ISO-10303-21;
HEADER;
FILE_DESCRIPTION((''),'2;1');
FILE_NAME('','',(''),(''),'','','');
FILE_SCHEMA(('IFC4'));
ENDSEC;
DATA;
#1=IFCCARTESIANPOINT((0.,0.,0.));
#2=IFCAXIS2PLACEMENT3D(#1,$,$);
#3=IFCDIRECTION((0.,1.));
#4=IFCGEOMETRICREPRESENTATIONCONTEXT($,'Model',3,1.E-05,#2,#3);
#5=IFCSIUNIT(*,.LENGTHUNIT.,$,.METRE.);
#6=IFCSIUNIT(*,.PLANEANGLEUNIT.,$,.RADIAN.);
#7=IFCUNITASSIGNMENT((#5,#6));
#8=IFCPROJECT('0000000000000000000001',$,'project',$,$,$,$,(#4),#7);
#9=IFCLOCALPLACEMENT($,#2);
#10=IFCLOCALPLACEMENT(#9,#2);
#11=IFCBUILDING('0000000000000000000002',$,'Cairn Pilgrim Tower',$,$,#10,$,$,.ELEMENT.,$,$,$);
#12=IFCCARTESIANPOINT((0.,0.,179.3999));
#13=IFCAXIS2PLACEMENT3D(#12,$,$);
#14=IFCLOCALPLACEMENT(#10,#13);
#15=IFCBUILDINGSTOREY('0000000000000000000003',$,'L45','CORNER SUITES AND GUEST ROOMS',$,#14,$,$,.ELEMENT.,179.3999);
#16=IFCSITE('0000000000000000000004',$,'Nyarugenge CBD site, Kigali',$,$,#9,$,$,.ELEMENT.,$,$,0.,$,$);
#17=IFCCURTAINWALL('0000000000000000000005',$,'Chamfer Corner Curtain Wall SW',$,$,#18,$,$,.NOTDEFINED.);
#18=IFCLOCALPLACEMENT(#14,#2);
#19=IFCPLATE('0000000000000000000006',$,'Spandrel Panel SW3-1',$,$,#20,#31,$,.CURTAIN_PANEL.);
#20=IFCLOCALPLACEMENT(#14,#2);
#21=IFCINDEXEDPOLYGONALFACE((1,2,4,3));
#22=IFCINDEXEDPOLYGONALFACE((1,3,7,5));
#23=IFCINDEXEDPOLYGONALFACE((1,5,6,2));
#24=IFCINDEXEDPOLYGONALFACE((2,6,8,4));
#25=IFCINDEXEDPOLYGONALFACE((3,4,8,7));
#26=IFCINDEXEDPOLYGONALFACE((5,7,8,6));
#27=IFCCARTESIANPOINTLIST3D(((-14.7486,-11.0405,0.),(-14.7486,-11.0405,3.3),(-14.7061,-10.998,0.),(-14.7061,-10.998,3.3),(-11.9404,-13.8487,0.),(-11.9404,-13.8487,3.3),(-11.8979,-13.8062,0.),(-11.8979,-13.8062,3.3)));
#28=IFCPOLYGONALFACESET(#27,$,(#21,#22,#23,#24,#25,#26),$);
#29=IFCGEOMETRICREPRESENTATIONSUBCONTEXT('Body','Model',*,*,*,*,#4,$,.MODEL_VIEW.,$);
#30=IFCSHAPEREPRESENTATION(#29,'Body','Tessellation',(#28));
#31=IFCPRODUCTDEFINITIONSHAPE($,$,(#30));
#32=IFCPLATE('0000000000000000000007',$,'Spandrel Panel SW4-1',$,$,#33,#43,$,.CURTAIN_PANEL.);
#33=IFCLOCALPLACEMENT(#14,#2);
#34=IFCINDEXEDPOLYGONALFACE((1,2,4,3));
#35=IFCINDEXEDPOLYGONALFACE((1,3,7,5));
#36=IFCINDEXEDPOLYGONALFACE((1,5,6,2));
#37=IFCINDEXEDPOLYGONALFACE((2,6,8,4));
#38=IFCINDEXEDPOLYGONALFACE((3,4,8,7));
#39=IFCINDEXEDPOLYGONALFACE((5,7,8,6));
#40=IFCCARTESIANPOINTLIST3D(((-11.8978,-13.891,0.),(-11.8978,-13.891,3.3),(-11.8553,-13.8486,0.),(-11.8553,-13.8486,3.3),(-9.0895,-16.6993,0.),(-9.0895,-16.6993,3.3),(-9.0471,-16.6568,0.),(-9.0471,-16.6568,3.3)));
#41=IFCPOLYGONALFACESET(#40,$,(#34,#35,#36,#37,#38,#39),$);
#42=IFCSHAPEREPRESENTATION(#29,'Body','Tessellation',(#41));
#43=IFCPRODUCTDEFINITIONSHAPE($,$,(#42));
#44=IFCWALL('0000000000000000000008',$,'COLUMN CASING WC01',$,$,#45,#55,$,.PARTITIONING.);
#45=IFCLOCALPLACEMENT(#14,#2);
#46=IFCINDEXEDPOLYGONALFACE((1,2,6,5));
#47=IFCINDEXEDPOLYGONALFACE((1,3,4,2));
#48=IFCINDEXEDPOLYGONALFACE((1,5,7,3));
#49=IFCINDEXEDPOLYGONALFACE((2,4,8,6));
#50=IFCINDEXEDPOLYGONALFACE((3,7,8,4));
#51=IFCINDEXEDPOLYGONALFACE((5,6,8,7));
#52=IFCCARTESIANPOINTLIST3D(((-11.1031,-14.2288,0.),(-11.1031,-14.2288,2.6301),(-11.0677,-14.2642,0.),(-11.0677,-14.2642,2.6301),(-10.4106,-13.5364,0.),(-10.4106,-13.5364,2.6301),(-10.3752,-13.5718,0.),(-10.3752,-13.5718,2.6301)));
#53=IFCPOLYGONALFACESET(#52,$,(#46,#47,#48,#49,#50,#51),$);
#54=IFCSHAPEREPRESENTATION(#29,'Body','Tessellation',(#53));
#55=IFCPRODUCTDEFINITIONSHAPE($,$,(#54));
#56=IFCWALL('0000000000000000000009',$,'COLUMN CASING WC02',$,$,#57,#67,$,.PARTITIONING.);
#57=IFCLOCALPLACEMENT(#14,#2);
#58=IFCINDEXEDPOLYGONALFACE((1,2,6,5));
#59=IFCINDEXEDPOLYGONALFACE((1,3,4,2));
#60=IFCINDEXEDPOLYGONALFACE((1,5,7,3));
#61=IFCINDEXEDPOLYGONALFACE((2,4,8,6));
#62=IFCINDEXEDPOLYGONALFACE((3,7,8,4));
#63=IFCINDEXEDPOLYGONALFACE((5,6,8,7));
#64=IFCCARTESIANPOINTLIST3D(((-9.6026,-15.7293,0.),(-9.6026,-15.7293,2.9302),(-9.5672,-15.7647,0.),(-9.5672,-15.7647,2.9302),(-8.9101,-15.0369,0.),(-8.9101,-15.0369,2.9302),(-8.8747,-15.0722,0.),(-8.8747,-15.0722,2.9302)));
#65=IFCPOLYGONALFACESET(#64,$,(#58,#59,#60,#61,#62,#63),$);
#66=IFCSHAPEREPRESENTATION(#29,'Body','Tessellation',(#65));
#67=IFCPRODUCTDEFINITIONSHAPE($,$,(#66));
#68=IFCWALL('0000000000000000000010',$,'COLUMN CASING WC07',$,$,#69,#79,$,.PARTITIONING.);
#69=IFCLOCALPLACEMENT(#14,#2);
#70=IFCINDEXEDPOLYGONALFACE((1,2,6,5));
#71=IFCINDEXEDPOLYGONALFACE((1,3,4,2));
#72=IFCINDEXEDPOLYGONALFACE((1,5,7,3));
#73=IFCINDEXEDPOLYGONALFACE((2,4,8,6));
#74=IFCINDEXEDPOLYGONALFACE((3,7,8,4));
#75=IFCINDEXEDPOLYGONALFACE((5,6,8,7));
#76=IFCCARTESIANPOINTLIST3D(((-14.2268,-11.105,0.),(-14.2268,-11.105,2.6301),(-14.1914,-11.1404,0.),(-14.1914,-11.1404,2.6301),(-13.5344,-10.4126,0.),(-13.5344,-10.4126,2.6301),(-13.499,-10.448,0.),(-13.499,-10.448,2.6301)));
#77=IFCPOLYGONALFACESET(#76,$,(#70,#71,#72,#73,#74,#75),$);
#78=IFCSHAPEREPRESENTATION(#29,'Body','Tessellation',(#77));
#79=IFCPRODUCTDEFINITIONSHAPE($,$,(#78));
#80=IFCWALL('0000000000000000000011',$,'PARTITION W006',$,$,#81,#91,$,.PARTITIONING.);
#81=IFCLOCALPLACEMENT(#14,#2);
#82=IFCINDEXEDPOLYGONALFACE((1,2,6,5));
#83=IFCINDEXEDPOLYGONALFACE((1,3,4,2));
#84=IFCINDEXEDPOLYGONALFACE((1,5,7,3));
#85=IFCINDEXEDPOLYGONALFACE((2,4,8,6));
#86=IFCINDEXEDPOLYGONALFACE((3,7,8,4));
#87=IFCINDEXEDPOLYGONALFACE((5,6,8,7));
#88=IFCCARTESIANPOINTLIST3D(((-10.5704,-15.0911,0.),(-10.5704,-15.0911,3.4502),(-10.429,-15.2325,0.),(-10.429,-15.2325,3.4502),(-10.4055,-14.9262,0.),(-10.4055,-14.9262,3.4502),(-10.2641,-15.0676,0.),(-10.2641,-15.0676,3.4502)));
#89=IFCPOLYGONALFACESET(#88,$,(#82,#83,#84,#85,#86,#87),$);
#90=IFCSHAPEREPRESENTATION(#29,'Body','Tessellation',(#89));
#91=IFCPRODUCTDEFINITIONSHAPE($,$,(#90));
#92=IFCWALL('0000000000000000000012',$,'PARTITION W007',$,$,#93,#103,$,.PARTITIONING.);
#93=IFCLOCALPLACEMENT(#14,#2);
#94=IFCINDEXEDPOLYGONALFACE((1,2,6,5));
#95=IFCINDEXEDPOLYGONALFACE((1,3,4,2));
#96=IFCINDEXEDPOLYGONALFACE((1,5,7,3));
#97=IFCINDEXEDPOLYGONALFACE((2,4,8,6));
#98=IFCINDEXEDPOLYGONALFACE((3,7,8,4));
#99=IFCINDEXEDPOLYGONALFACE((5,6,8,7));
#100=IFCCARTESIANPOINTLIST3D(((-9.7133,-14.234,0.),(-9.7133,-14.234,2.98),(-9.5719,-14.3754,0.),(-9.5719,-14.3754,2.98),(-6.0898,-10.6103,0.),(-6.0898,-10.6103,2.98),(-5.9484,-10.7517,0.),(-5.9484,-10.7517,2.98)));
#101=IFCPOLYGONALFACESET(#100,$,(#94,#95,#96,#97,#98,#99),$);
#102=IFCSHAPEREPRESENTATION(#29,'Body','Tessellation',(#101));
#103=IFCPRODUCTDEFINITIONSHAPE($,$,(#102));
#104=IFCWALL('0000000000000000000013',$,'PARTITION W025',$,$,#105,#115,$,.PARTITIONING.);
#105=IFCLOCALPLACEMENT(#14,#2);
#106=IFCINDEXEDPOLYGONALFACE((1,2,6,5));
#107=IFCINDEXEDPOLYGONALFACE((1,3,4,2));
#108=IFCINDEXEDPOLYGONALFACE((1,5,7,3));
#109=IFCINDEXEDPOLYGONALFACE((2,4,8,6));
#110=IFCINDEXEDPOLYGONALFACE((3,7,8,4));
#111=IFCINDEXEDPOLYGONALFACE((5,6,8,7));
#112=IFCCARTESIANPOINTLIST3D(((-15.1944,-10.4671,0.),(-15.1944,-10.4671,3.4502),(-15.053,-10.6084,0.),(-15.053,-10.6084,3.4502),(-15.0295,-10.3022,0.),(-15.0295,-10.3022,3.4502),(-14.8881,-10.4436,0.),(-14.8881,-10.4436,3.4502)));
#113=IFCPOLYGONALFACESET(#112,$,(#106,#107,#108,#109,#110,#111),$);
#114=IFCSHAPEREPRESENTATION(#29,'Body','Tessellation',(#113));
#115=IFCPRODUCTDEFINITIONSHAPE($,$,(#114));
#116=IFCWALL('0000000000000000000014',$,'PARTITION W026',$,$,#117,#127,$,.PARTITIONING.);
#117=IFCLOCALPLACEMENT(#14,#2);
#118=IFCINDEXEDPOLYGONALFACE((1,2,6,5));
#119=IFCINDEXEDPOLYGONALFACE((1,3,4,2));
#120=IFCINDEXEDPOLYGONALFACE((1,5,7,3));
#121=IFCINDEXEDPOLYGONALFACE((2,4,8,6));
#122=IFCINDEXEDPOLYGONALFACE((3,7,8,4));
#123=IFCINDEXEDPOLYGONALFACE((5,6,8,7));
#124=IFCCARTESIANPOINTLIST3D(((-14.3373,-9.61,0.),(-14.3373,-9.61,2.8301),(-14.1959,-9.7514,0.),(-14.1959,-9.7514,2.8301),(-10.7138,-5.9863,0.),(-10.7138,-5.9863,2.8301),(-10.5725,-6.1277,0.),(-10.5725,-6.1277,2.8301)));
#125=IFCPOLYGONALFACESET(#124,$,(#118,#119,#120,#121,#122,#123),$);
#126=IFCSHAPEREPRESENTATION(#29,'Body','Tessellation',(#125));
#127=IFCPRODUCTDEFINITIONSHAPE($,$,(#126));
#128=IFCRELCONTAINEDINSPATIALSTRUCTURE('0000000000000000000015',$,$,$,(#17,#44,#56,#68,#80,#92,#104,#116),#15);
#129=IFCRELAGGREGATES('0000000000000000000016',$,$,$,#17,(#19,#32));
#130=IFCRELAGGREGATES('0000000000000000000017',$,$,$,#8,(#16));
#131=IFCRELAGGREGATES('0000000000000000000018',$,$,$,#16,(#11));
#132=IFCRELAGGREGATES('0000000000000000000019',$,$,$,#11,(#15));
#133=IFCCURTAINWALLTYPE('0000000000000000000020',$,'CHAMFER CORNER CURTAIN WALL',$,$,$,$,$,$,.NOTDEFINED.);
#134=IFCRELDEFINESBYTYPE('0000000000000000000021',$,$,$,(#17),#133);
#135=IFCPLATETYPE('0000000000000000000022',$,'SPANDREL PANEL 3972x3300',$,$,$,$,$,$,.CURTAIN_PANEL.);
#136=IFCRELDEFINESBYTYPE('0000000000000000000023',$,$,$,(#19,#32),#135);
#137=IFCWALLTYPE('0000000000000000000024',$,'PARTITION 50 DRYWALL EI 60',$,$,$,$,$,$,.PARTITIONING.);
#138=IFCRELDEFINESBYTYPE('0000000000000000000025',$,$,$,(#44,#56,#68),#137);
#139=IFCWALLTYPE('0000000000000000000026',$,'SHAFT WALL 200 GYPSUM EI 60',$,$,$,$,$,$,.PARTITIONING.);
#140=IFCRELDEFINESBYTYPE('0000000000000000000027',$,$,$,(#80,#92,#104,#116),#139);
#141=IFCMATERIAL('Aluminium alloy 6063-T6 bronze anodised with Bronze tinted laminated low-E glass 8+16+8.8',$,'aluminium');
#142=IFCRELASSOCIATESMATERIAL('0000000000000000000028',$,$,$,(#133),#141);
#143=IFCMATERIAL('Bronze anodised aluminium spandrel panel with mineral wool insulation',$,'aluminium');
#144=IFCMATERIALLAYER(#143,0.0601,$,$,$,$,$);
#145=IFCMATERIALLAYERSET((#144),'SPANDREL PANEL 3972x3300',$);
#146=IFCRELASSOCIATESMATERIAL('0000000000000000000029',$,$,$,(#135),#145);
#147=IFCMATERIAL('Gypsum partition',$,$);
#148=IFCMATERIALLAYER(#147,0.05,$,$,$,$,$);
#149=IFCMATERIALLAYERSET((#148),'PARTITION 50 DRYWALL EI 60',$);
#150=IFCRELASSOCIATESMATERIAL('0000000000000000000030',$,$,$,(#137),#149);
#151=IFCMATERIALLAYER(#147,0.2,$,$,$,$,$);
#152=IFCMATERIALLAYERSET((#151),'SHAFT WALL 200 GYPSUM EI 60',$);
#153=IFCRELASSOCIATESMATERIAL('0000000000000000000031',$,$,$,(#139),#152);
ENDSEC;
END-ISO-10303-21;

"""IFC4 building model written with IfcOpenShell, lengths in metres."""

from ifc_helpers import new_model, si_unit, direction, frame, frame_2d, origin, origin_2d, place, context, subcontext, project, spatial, rectangle, extrude, material, layer, layer_set, type_object, element, aggregate, save


model = new_model("IFC4")

# Units and contexts
model_context = context("Model", 3, precision=1e-05, world=origin(), true_north=direction((0.0, 1.0)))
body_context = subcontext(model_context, "Body", "Model", "MODEL_VIEW")
ifc_project = project(units=[si_unit("LENGTHUNIT", "METRE"), si_unit("PLANEANGLEUNIT", "RADIAN")], contexts=[model_context])

# Site, building, storey
site_placement = place(None, origin())
site = spatial("IfcSite", under=ifc_project, at=site_placement, Name="Nyarugenge CBD site, Kigali", CompositionType="ELEMENT", RefElevation=0.0)
building_placement = place(site_placement, origin())
building = spatial("IfcBuilding", under=site, at=building_placement, Name="Cairn Pilgrim Tower", CompositionType="ELEMENT")
storey_placement = place(building_placement, frame((0.0, 0.0, 179.3999)))
storey = spatial("IfcBuildingStorey", under=building, at=storey_placement, Name="L45", Description="CORNER SUITES AND GUEST ROOMS", CompositionType="ELEMENT", Elevation=179.3999)

# Shared definitions
ifc_material_1 = material(Name="Aluminium alloy 6063-T6 bronze anodised with Bronze tinted laminated low-E glass 8+16+8.8", Category="aluminium")

# Curtain wall
curtain_wall_type_1 = type_object("IfcCurtainWallType", Name="CHAMFER CORNER CURTAIN WALL", PredefinedType="NOTDEFINED", material=ifc_material_1)
curtain_wall_1_placement = place(storey_placement, origin())
curtain_wall_1 = element("IfcCurtainWall", 1, at=curtain_wall_1_placement, inside=storey, type_object=curtain_wall_type_1, Name="Chamfer Corner Curtain Wall SW", PredefinedType="NOTDEFINED")

# Plates
ifc_material_2 = material(Name="Bronze anodised aluminium spandrel panel with mineral wool insulation", Category="aluminium")
ifc_layer_1 = layer(ifc_material_2, 0.0601)
ifc_layer_set_1 = layer_set([ifc_layer_1], Name="SPANDREL PANEL 3972x3300")
plate_type = type_object("IfcPlateType", Name="SPANDREL PANEL 3972x3300", PredefinedType="CURTAIN_PANEL", material=ifc_layer_set_1)
plate_1_placement = place(storey_placement, frame((-13.3232, -12.4233, 0.0), z_axis=(0.0, 0.0, 1.0), x_axis=(0.707107, -0.707107, 0.0)))
plate_1 = element("IfcPlate", 2, at=plate_1_placement, type_object=plate_type, Name="Spandrel Panel SW3-1", PredefinedType="CURTAIN_PANEL", context=body_context, shape_type="SweptSolid", body=[
    extrude(rectangle(XDim=3.9714, YDim=0.0601, at=origin_2d()), origin(), (0.0, 0.0, 1.0), 3.3),
])
plate_2_placement = place(storey_placement, frame((-10.4724, -15.2739, 0.0), z_axis=(0.0, 0.0, 1.0), x_axis=(0.707107, -0.707107, 0.0)))
plate_2 = element("IfcPlate", 3, at=plate_2_placement, type_object=plate_type, Name="Spandrel Panel SW4-1", PredefinedType="CURTAIN_PANEL", context=body_context, shape_type="SweptSolid", body=[
    extrude(rectangle(XDim=3.9714, YDim=0.0601, at=origin_2d()), origin(), (0.0, 0.0, 1.0), 3.3),
])
aggregate(curtain_wall_1, [plate_1, plate_2])

# Walls
ifc_material_3 = material(Name="Gypsum partition")
ifc_layer_2 = layer(ifc_material_3, 0.05)
ifc_layer_set_2 = layer_set([ifc_layer_2], Name="PARTITION 50 DRYWALL EI 60")
wall_type_1 = type_object("IfcWallType", Name="PARTITION 50 DRYWALL EI 60", PredefinedType="PARTITIONING", material=ifc_layer_set_2)
wall_1_placement = place(storey_placement, frame((-11.0854, -14.2466, 0.0), z_axis=(0.0, 0.0, 1.0), x_axis=(0.707107, 0.707107, 0.0)))
element("IfcWall", 4, at=wall_1_placement, inside=storey, type_object=wall_type_1, Name="COLUMN CASING WC01", PredefinedType="PARTITIONING", context=body_context, shape_type="SweptSolid", body=[
    extrude(rectangle(XDim=0.9792, YDim=0.05, at=frame_2d((0.4897, 0.0))), origin(), (0.0, 0.0, 1.0), 2.6301),
])
wall_2_placement = place(storey_placement, frame((-9.585, -15.7471, 0.0), z_axis=(0.0, 0.0, 1.0), x_axis=(0.707107, 0.707107, 0.0)))
element("IfcWall", 5, at=wall_2_placement, inside=storey, type_object=wall_type_1, Name="COLUMN CASING WC02", PredefinedType="PARTITIONING", context=body_context, shape_type="SweptSolid", body=[
    extrude(rectangle(XDim=0.9792, YDim=0.05, at=frame_2d((0.4897, 0.0))), origin(), (0.0, 0.0, 1.0), 2.9302),
])
wall_3_placement = place(storey_placement, frame((-14.2092, -11.1228, 0.0), z_axis=(0.0, 0.0, 1.0), x_axis=(0.707107, 0.707107, 0.0)))
element("IfcWall", 6, at=wall_3_placement, inside=storey, type_object=wall_type_1, Name="COLUMN CASING WC07", PredefinedType="PARTITIONING", context=body_context, shape_type="SweptSolid", body=[
    extrude(rectangle(XDim=0.9792, YDim=0.05, at=frame_2d((0.4897, 0.0))), origin(), (0.0, 0.0, 1.0), 2.6301),
])
ifc_layer_3 = layer(ifc_material_3, 0.2)
ifc_layer_set_3 = layer_set([ifc_layer_3], Name="SHAFT WALL 200 GYPSUM EI 60")
wall_type_2 = type_object("IfcWallType", Name="SHAFT WALL 200 GYPSUM EI 60", PredefinedType="PARTITIONING", material=ifc_layer_set_3)
wall_4_placement = place(storey_placement, frame((-10.4998, -15.1619, 0.0), z_axis=(0.0, 0.0, 1.0), x_axis=(0.707107, 0.707107, 0.0)))
element("IfcWall", 7, at=wall_4_placement, inside=storey, type_object=wall_type_2, Name="PARTITION W006", PredefinedType="PARTITIONING", context=body_context, shape_type="SweptSolid", body=[
    extrude(rectangle(XDim=0.2332, YDim=0.2, at=frame_2d((0.1167, 0.0))), origin(), (0.0, 0.0, 1.0), 3.4502),
])
wall_5_placement = place(storey_placement, frame((-9.6426, -14.3047, 0.0), z_axis=(0.0, 0.0, 1.0), x_axis=(0.707083, 0.707131, 0.0)))
element("IfcWall", 8, at=wall_5_placement, inside=storey, type_object=wall_type_2, Name="PARTITION W007", PredefinedType="PARTITIONING", context=body_context, shape_type="SweptSolid", body=[
    extrude(rectangle(XDim=5.1245, YDim=0.2, at=frame_2d((2.5623, 0.0))), origin(), (0.0, 0.0, 1.0), 2.98),
])
wall_6_placement = place(storey_placement, frame((-15.1238, -10.5378, 0.0), z_axis=(0.0, 0.0, 1.0), x_axis=(0.707107, 0.707107, 0.0)))
element("IfcWall", 9, at=wall_6_placement, inside=storey, type_object=wall_type_2, Name="PARTITION W025", PredefinedType="PARTITIONING", context=body_context, shape_type="SweptSolid", body=[
    extrude(rectangle(XDim=0.2332, YDim=0.2, at=frame_2d((0.1167, 0.0))), origin(), (0.0, 0.0, 1.0), 3.4502),
])
wall_7_placement = place(storey_placement, frame((-14.2666, -9.6807, 0.0), z_axis=(0.0, 0.0, 1.0), x_axis=(0.707083, 0.707131, 0.0)))
element("IfcWall", 10, at=wall_7_placement, inside=storey, type_object=wall_type_2, Name="PARTITION W026", PredefinedType="PARTITIONING", context=body_context, shape_type="SweptSolid", body=[
    extrude(rectangle(XDim=5.1245, YDim=0.2, at=frame_2d((2.5623, 0.0))), origin(), (0.0, 0.0, 1.0), 2.8301),
])

save(model, "model.ifc")
